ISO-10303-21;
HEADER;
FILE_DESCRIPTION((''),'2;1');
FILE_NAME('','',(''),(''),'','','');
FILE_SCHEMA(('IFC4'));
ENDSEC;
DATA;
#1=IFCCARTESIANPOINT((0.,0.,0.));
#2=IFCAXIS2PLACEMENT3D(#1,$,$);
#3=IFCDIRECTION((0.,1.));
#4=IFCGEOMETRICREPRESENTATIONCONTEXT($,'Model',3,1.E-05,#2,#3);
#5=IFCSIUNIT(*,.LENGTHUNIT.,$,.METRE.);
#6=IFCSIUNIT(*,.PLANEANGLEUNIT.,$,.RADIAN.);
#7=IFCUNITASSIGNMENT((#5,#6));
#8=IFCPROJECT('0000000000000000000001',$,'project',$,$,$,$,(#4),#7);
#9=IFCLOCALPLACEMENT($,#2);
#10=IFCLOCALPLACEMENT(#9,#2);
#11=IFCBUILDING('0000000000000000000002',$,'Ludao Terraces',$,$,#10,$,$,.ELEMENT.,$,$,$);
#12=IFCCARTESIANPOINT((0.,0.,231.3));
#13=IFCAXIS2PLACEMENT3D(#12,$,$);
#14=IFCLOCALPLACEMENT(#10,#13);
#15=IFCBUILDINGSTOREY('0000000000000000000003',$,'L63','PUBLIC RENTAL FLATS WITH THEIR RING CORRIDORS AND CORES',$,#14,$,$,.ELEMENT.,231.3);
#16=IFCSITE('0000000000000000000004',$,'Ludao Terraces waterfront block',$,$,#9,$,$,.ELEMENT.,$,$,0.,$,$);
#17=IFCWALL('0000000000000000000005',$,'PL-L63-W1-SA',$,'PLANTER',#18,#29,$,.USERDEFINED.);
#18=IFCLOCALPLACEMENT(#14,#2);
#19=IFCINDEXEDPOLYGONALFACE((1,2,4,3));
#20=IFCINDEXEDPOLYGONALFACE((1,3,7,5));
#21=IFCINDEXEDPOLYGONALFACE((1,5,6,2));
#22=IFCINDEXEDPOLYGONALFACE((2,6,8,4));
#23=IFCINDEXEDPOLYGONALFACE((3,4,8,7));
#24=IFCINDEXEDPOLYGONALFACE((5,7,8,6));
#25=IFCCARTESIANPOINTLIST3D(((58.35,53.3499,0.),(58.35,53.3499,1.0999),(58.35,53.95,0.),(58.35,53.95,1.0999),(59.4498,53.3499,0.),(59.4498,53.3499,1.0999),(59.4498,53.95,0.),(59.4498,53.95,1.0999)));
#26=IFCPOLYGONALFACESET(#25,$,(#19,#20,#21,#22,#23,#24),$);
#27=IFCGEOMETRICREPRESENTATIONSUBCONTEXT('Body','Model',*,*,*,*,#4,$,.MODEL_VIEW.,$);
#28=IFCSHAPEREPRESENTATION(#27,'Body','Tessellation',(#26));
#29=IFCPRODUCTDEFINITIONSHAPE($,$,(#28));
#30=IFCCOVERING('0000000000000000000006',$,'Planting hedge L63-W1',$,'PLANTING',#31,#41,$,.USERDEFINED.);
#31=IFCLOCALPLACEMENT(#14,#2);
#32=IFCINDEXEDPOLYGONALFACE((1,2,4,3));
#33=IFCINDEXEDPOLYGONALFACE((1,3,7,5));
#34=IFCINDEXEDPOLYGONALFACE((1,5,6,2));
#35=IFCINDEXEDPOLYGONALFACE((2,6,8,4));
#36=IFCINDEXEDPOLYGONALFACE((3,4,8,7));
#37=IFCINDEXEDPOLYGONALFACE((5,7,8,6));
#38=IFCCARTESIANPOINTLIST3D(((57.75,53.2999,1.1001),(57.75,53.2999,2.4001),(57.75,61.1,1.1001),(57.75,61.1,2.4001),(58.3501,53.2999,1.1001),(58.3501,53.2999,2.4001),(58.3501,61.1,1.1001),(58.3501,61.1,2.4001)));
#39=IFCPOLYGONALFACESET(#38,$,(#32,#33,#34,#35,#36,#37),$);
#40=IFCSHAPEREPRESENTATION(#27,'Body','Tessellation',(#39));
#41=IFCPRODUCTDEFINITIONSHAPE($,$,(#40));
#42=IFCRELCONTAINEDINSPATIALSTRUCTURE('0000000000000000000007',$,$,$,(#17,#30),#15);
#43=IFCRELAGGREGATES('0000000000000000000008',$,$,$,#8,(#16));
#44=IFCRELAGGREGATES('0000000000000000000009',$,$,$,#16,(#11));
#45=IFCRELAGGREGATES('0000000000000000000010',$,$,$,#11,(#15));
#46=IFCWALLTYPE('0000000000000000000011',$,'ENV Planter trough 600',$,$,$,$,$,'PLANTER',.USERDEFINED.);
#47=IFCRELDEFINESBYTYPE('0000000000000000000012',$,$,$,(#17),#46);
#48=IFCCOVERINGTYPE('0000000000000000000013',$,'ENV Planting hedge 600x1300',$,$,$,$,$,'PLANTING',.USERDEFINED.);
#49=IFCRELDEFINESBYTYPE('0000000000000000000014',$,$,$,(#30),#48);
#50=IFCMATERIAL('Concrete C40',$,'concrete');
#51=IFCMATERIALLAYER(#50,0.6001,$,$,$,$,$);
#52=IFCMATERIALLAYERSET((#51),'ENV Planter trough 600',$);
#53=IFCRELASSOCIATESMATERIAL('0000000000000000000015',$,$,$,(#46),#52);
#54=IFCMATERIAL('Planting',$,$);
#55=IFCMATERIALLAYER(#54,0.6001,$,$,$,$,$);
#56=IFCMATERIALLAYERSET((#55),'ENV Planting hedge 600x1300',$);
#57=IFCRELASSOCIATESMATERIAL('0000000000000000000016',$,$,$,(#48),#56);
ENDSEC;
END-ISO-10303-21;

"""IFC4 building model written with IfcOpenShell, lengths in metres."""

from ifc_helpers import new_model, si_unit, direction, frame, frame_2d, origin, origin_2d, place, context, subcontext, project, spatial, rectangle, extrude, material, layer, layer_set, type_object, element, save


model = new_model("IFC4")

# Units and contexts
model_context = context("Model", 3, precision=1e-05, world=origin(), true_north=direction((0.0, 1.0)))
body_context = subcontext(model_context, "Body", "Model", "MODEL_VIEW")
ifc_project = project(units=[si_unit("LENGTHUNIT", "METRE"), si_unit("PLANEANGLEUNIT", "RADIAN")], contexts=[model_context])

# Site, building, storey
site_placement = place(None, origin())
site = spatial("IfcSite", under=ifc_project, at=site_placement, Name="Ludao Terraces waterfront block", CompositionType="ELEMENT", RefElevation=0.0)
building_placement = place(site_placement, origin())
building = spatial("IfcBuilding", under=site, at=building_placement, Name="Ludao Terraces", CompositionType="ELEMENT")
storey_placement = place(building_placement, frame((0.0, 0.0, 231.3)))
storey = spatial("IfcBuildingStorey", under=building, at=storey_placement, Name="L63", Description="PUBLIC RENTAL FLATS WITH THEIR RING CORRIDORS AND CORES", CompositionType="ELEMENT", Elevation=231.3)

# Shared definitions
ifc_material_1 = material(Name="Concrete C40", Category="concrete")

# Wall
ifc_layer_1 = layer(ifc_material_1, 0.6001)
ifc_layer_set_1 = layer_set([ifc_layer_1], Name="ENV Planter trough 600")
wall_type = type_object("IfcWallType", Name="ENV Planter trough 600", ElementType="PLANTER", PredefinedType="USERDEFINED", material=ifc_layer_set_1)
wall_1_placement = place(storey_placement, frame((58.3501, 53.6499, 0.0), z_axis=(0.0, 0.0, 1.0), x_axis=(1.0, 0.0, 0.0)))
element("IfcWall", 1, at=wall_1_placement, inside=storey, type_object=wall_type, Name="PL-L63-W1-SA", ObjectType="PLANTER", PredefinedType="USERDEFINED", context=body_context, shape_type="SweptSolid", body=[
    extrude(rectangle(XDim=1.0999, YDim=0.6001, at=frame_2d((0.5498, 0.0))), origin(), (0.0, 0.0, 1.0), 1.0999),
])

# Covering
ifc_material_2 = material(Name="Planting")
ifc_layer_2 = layer(ifc_material_2, 0.6001)
ifc_layer_set_2 = layer_set([ifc_layer_2], Name="ENV Planting hedge 600x1300")
covering_type = type_object("IfcCoveringType", Name="ENV Planting hedge 600x1300", ElementType="PLANTING", PredefinedType="USERDEFINED", material=ifc_layer_set_2)
covering_placement = place(storey_placement, frame((58.05, 57.2, 1.1001), z_axis=(0.0, 0.0, 1.0), x_axis=(1.0, 0.0, 0.0)))
element("IfcCovering", 2, at=covering_placement, inside=storey, type_object=covering_type, Name="Planting hedge L63-W1", ObjectType="PLANTING", PredefinedType="USERDEFINED", context=body_context, shape_type="SweptSolid", body=[
    extrude(rectangle(XDim=0.6001, YDim=7.8, at=origin_2d()), origin(), (0.0, 0.0, 1.0), 1.3),
])

save(model, "model.ifc")
